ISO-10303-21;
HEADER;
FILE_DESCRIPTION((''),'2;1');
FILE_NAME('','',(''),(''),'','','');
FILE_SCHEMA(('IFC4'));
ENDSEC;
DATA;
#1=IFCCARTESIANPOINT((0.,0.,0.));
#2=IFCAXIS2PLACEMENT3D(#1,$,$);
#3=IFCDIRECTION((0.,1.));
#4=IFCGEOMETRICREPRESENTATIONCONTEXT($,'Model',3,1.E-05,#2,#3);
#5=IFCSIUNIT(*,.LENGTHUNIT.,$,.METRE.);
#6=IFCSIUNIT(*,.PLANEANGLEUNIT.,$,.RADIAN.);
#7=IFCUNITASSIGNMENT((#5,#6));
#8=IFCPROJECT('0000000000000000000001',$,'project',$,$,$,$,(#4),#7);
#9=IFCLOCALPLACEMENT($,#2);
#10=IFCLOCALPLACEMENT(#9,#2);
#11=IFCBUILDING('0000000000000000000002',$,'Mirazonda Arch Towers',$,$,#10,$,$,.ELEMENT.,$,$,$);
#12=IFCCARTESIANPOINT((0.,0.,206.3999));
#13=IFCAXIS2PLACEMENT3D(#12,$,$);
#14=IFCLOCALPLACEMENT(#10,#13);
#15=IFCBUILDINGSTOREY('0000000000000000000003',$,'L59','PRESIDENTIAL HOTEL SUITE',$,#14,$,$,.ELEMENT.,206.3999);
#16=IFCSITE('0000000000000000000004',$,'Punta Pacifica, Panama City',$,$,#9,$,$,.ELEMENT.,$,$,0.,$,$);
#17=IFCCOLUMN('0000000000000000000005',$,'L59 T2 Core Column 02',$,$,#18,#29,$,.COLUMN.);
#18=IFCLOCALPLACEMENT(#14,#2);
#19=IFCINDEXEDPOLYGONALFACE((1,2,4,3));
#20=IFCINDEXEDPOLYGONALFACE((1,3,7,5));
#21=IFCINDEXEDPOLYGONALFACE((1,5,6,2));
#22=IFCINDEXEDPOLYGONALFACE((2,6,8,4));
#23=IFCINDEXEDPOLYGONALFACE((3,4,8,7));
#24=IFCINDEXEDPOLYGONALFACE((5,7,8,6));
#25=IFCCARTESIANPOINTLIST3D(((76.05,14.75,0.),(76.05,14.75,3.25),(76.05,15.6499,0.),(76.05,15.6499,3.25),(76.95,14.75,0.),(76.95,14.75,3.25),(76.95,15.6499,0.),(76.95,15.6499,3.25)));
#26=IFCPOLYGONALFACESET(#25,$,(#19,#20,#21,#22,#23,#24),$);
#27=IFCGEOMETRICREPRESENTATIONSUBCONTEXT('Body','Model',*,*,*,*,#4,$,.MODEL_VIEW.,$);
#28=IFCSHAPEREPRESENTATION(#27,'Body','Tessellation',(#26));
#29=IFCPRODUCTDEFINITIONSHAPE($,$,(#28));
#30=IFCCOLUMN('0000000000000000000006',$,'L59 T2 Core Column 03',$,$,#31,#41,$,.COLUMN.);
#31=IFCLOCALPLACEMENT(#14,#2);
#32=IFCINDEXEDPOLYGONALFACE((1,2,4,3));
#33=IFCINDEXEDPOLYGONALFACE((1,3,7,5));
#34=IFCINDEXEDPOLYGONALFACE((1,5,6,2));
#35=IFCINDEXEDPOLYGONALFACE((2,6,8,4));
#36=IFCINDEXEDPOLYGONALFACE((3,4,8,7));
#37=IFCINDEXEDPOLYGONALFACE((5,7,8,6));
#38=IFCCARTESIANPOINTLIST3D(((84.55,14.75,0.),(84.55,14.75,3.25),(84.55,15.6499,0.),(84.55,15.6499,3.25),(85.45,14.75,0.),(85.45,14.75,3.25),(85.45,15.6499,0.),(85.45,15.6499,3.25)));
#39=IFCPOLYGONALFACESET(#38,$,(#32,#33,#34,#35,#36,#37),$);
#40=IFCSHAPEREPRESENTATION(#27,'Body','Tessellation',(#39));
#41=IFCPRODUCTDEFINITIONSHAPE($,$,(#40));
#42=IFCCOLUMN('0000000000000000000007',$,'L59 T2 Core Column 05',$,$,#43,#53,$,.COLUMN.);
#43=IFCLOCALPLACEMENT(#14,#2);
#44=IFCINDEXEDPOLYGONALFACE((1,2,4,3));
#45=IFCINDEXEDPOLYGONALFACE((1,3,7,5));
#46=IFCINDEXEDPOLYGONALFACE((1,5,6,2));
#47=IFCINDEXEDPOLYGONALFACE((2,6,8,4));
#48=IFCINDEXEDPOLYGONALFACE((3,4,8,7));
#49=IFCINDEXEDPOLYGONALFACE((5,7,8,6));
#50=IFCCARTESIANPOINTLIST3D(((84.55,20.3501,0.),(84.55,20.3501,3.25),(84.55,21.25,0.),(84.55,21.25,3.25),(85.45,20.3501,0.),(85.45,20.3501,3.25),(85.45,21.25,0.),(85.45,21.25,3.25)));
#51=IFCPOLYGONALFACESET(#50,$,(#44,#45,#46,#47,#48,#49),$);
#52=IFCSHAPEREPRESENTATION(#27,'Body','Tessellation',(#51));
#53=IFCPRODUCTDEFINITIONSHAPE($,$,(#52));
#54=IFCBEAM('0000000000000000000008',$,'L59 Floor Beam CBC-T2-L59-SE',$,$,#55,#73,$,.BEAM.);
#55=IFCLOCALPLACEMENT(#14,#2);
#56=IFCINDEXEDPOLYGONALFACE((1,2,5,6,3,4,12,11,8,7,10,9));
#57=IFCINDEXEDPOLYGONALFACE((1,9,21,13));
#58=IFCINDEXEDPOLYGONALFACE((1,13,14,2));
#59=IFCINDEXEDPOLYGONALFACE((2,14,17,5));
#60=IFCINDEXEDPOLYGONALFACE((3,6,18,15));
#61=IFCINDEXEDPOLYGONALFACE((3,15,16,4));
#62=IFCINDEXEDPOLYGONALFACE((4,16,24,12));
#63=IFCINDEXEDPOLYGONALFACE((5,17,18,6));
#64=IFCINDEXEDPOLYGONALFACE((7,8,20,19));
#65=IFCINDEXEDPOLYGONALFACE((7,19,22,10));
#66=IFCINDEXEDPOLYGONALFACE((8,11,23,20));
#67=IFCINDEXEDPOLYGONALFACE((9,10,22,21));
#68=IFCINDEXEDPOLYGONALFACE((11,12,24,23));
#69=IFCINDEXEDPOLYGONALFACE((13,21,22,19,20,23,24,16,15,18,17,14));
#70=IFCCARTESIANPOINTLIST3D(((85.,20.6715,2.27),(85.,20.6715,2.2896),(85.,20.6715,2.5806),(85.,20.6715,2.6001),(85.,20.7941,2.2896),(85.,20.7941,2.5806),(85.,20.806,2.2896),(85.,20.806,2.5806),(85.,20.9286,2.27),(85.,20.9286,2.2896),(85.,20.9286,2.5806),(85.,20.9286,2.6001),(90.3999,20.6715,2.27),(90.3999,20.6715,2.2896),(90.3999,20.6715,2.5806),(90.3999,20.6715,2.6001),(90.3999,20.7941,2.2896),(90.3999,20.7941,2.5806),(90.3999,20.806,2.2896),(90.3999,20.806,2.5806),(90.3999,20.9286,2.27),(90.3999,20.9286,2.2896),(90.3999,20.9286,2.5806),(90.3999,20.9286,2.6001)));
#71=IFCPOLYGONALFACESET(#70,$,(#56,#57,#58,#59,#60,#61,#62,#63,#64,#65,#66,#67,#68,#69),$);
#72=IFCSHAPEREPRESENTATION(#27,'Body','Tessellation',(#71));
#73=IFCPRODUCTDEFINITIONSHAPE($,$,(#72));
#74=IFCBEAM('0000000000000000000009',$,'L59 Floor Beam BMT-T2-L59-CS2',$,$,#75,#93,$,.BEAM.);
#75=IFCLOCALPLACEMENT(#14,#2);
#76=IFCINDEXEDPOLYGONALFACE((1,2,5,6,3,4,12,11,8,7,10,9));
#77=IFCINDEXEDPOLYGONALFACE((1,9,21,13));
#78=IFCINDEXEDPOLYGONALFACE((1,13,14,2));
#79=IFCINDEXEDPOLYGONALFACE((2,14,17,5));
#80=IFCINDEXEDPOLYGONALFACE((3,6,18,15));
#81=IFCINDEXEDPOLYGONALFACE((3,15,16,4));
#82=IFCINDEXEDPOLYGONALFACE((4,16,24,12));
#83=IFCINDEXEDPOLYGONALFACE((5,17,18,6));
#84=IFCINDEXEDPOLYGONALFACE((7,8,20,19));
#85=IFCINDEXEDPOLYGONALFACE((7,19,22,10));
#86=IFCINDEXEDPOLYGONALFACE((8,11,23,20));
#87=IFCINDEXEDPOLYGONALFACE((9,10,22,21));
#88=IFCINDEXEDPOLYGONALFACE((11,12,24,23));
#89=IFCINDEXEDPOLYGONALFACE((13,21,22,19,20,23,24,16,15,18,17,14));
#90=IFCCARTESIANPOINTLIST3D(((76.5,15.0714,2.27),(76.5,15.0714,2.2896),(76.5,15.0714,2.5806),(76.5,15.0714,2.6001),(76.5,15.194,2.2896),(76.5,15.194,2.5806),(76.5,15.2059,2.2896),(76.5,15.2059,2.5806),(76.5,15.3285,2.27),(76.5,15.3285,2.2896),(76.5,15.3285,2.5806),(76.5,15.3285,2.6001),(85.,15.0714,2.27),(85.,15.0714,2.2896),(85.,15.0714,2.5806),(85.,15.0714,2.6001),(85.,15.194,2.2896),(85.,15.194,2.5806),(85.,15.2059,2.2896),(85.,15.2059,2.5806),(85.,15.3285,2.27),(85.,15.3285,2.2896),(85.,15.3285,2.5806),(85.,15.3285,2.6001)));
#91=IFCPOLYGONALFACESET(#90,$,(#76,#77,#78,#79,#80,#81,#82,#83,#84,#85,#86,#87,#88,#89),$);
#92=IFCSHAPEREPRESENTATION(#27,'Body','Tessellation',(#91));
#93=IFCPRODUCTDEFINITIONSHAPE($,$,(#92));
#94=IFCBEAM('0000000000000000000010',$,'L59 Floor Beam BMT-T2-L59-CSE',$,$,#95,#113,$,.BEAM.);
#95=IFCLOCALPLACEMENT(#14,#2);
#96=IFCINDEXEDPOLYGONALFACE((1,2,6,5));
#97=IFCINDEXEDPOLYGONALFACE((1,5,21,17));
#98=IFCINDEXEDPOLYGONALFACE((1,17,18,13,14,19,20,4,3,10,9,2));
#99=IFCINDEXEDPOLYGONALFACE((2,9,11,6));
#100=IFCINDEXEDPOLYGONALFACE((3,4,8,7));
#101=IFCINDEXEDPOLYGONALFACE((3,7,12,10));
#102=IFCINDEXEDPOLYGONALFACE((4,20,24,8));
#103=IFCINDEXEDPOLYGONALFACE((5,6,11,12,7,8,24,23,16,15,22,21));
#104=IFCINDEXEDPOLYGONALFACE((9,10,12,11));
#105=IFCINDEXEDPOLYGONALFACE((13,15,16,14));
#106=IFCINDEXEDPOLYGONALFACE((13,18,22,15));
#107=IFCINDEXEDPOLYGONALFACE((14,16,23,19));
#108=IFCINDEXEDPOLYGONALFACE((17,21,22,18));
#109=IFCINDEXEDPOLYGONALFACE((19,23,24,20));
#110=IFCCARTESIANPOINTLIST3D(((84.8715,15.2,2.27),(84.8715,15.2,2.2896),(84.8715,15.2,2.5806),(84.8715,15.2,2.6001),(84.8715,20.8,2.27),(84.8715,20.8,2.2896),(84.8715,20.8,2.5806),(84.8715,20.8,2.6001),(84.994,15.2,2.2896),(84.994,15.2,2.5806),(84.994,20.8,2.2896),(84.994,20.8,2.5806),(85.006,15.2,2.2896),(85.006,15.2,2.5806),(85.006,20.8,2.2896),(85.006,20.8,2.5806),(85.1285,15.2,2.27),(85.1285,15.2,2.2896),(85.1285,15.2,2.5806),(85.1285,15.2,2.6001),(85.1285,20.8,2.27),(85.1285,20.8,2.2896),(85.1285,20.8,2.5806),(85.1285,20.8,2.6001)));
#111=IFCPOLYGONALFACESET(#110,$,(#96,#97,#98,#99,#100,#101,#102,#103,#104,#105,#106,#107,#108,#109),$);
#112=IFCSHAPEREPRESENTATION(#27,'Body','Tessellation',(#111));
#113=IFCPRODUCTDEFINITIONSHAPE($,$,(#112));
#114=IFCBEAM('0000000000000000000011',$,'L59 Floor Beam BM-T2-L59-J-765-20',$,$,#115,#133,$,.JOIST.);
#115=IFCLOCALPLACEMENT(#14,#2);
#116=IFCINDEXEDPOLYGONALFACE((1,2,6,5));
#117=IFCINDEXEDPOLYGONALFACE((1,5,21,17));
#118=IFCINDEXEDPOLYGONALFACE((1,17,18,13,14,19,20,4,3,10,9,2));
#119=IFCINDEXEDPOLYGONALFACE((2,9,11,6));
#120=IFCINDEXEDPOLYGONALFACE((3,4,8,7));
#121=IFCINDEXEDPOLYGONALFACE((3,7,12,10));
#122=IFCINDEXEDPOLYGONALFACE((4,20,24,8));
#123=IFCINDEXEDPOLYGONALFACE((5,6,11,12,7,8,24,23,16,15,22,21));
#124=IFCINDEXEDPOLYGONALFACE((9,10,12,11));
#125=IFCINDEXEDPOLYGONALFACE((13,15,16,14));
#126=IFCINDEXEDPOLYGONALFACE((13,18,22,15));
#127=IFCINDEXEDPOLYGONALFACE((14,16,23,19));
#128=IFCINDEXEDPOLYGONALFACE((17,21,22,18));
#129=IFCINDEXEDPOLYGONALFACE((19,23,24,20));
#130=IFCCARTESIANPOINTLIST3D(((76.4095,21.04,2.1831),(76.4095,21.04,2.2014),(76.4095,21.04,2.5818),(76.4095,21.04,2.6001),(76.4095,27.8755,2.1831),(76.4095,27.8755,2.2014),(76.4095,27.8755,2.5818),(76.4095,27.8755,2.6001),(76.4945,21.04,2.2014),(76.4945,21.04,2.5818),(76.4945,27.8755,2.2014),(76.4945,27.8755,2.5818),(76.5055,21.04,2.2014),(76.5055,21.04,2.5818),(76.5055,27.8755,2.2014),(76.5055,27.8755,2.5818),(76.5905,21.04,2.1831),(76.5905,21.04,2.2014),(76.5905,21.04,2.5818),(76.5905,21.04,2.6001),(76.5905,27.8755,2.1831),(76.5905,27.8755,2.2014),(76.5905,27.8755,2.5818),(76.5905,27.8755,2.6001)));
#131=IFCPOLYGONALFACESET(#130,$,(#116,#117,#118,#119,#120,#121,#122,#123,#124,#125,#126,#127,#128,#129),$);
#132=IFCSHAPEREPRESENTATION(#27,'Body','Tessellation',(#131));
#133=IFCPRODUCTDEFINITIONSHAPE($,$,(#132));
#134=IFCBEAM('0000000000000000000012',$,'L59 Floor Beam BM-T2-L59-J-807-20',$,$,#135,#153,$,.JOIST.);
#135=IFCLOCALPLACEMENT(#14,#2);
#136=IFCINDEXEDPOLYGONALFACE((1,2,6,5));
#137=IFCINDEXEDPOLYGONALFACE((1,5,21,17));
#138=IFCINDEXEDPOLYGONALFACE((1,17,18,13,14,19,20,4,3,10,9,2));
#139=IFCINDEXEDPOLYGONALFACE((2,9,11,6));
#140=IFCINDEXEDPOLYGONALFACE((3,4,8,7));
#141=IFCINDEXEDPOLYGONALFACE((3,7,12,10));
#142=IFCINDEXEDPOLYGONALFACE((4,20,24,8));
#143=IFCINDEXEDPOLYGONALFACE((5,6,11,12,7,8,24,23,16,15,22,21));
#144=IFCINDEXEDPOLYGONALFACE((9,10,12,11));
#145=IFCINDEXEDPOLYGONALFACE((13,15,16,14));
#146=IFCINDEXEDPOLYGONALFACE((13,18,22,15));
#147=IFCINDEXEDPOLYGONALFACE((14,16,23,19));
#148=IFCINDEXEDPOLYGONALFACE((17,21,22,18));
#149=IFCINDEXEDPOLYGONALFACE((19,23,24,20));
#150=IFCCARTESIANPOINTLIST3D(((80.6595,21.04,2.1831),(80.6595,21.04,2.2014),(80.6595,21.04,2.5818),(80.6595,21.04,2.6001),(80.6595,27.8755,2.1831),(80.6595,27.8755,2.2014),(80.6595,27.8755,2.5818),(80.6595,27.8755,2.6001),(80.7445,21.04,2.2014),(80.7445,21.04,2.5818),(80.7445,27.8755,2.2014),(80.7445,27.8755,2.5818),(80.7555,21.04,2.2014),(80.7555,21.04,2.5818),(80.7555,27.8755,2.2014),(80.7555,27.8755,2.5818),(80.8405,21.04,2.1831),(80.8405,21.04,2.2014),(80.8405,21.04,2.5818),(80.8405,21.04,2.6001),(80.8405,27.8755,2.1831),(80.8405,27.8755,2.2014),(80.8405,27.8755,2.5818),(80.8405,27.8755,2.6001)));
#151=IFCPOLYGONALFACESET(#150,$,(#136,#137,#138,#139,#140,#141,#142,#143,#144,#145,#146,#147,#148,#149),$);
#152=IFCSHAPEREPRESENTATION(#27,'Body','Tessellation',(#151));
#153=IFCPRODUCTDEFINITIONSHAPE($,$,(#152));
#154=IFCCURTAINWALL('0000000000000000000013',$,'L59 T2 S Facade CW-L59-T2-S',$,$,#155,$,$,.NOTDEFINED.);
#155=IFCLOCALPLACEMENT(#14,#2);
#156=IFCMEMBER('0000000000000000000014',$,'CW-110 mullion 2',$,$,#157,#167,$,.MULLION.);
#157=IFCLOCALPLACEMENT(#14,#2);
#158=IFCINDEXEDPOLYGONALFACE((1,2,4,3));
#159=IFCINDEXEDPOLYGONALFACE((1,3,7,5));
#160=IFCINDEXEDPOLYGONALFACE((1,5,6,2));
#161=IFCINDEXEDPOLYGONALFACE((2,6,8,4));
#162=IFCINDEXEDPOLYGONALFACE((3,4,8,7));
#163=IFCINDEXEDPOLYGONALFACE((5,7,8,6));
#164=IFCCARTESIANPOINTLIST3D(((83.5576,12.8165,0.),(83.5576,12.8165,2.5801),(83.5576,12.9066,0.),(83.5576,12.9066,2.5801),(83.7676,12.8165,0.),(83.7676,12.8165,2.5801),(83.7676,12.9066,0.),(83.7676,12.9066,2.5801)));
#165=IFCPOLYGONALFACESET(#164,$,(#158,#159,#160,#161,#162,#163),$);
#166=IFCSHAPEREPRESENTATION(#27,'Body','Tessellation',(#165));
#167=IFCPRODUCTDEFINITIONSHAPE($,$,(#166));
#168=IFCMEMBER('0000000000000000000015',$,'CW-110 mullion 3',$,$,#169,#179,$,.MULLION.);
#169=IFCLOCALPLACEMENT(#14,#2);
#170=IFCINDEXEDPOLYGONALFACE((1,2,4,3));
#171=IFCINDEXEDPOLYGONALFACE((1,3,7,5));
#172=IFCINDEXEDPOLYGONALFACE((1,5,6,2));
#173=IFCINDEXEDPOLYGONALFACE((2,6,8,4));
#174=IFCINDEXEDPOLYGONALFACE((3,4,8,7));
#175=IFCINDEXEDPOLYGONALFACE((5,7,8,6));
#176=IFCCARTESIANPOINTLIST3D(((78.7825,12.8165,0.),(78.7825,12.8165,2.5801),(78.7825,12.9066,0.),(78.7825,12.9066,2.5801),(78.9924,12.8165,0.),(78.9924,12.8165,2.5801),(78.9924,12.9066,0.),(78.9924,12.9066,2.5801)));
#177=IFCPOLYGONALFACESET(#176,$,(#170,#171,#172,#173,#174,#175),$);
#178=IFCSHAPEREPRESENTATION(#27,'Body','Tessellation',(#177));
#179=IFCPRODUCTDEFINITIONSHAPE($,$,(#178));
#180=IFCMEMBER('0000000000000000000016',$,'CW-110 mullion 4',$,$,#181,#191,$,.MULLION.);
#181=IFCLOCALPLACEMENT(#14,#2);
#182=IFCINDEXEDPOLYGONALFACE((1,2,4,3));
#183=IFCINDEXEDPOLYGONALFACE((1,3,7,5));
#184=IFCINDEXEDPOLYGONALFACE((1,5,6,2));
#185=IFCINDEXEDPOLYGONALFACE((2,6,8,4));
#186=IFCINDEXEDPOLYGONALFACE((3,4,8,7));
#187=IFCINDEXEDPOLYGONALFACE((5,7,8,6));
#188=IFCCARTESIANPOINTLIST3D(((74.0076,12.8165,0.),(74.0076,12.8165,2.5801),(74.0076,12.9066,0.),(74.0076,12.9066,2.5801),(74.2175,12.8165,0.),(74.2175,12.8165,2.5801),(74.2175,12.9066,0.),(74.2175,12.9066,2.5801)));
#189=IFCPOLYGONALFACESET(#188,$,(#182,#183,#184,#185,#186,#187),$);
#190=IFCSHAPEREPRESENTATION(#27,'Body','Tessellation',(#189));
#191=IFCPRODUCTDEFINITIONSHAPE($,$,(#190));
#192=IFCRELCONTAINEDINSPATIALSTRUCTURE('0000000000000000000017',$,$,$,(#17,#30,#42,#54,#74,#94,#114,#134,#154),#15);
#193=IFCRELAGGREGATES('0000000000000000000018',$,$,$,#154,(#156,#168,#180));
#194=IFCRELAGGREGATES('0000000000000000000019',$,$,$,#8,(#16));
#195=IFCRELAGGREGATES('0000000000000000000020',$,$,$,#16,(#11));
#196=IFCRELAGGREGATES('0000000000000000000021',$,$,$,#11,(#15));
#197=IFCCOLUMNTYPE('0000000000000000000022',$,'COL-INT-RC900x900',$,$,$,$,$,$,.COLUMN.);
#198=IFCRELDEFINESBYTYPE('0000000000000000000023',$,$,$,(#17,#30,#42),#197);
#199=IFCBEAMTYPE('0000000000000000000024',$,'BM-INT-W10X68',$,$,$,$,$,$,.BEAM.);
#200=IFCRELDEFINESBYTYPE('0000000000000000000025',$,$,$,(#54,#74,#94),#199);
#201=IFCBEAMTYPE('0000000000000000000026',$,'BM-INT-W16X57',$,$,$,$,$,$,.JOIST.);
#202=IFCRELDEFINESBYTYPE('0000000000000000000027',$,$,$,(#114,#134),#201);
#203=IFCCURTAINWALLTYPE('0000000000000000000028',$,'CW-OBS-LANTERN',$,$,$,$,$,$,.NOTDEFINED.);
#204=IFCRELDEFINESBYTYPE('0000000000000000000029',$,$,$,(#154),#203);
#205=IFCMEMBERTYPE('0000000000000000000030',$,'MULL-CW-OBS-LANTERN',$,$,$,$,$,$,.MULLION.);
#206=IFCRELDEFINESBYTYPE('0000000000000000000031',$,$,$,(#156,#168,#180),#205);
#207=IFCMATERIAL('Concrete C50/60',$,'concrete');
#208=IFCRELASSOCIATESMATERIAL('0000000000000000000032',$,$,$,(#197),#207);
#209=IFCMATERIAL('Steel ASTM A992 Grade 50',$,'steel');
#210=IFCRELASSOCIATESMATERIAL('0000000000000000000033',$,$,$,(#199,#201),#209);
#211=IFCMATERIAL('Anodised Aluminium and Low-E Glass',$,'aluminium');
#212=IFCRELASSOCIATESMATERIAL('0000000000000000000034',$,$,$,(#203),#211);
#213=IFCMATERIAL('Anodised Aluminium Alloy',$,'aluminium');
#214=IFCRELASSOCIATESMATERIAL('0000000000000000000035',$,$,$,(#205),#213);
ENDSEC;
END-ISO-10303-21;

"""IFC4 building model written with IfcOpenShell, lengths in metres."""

from ifc_helpers import new_model, si_unit, direction, frame, origin, origin_2d, place, context, subcontext, project, spatial, rectangle, i_section, extrude, material, material_profile, profile_set, type_object, element, aggregate, save


model = new_model("IFC4")

# Units and contexts
model_context = context("Model", 3, precision=1e-05, world=origin(), true_north=direction((0.0, 1.0)))
body_context = subcontext(model_context, "Body", "Model", "MODEL_VIEW")
ifc_project = project(units=[si_unit("LENGTHUNIT", "METRE"), si_unit("PLANEANGLEUNIT", "RADIAN")], contexts=[model_context])

# Site, building, storey
site_placement = place(None, origin())
site = spatial("IfcSite", under=ifc_project, at=site_placement, Name="Punta Pacifica, Panama City", CompositionType="ELEMENT", RefElevation=0.0)
building_placement = place(site_placement, origin())
building = spatial("IfcBuilding", under=site, at=building_placement, Name="Mirazonda Arch Towers", CompositionType="ELEMENT")
storey_placement = place(building_placement, frame((0.0, 0.0, 206.3999)))
storey = spatial("IfcBuildingStorey", under=building, at=storey_placement, Name="L59", Description="PRESIDENTIAL HOTEL SUITE", CompositionType="ELEMENT", Elevation=206.3999)

# Columns
ifc_material_1 = material(Name="Concrete C50/60", Category="concrete")
ifc_material_profile_1 = material_profile(ifc_material_1, rectangle(XDim=0.8999, YDim=0.8999, at=origin_2d()), Name="RC900x900")
ifc_profile_set_1 = profile_set([ifc_material_profile_1], Name="Concrete C50/60")
column_type = type_object("IfcColumnType", Name="COL-INT-RC900x900", PredefinedType="COLUMN", material=ifc_profile_set_1)
for number, where, z_axis, x_axis, name in (
    (1, (76.5, 15.2, 0.0), (0.0, 0.0, 1.0), (1.0, 0.0, 0.0), "L59 T2 Core Column 02"),
    (2, (85.0, 15.2, 0.0), (0.0, 0.0, 1.0), (1.0, 0.0, 0.0), "L59 T2 Core Column 03"),
    (3, (85.0, 20.8, 0.0), (0.0, 0.0, 1.0), (1.0, 0.0, 0.0), "L59 T2 Core Column 05"),
):
    element("IfcColumn", number, at=place(storey_placement, frame(where, z_axis=z_axis, x_axis=x_axis)), inside=storey, type_object=column_type, Name=name, PredefinedType="COLUMN", context=body_context, shape_type="SweptSolid", body=[
        extrude(rectangle(XDim=0.8999, YDim=0.8999, at=origin_2d()), origin(), (0.0, 0.0, 1.0), 3.25),
    ])

# Beams
ifc_material_2 = material(Name="Steel ASTM A992 Grade 50", Category="steel")
ifc_material_profile_2 = material_profile(ifc_material_2, i_section(OverallWidth=0.2571, OverallDepth=0.3301, WebThickness=0.012, FlangeThickness=0.0195, at=origin_2d()), Name="W10X68")
ifc_profile_set_2 = profile_set([ifc_material_profile_2], Name="Steel ASTM A992 Grade 50")
beam_type_1 = type_object("IfcBeamType", Name="BM-INT-W10X68", PredefinedType="BEAM", material=ifc_profile_set_2)
beam_1_placement = place(storey_placement, frame((85.0, 20.8, 2.4351), z_axis=(1.0, 0.0, 0.0), x_axis=(0.0, 1.0, 0.0)))
element("IfcBeam", 4, at=beam_1_placement, inside=storey, type_object=beam_type_1, Name="L59 Floor Beam CBC-T2-L59-SE", PredefinedType="BEAM", context=body_context, shape_type="SweptSolid", body=[
    extrude(i_section(OverallWidth=0.2571, OverallDepth=0.3301, WebThickness=0.012, FlangeThickness=0.0195, at=origin_2d()), origin(), (0.0, 0.0, 1.0), 5.3999),
])
beam_2_placement = place(storey_placement, frame((76.5, 15.2, 2.4351), z_axis=(1.0, 0.0, 0.0), x_axis=(0.0, 1.0, 0.0)))
element("IfcBeam", 5, at=beam_2_placement, inside=storey, type_object=beam_type_1, Name="L59 Floor Beam BMT-T2-L59-CS2", PredefinedType="BEAM", context=body_context, shape_type="SweptSolid", body=[
    extrude(i_section(OverallWidth=0.2571, OverallDepth=0.3301, WebThickness=0.012, FlangeThickness=0.0195, at=origin_2d()), origin(), (0.0, 0.0, 1.0), 8.5),
])
beam_3_placement = place(storey_placement, frame((85.0, 15.2, 2.4351), z_axis=(0.0, 1.0, 0.0), x_axis=(-1.0, 0.0, 0.0)))
element("IfcBeam", 6, at=beam_3_placement, inside=storey, type_object=beam_type_1, Name="L59 Floor Beam BMT-T2-L59-CSE", PredefinedType="BEAM", context=body_context, shape_type="SweptSolid", body=[
    extrude(i_section(OverallWidth=0.2571, OverallDepth=0.3301, WebThickness=0.012, FlangeThickness=0.0195, at=origin_2d()), origin(), (0.0, 0.0, 1.0), 5.6001),
])
ifc_material_profile_3 = material_profile(ifc_material_2, i_section(OverallWidth=0.1809, OverallDepth=0.417, WebThickness=0.011, FlangeThickness=0.0183, at=origin_2d()), Name="W16X57")
ifc_profile_set_3 = profile_set([ifc_material_profile_3], Name="Steel ASTM A992 Grade 50")
beam_type_2 = type_object("IfcBeamType", Name="BM-INT-W16X57", PredefinedType="JOIST", material=ifc_profile_set_3)
for number, where, z_axis, x_axis, name in (
    (7, (76.5, 21.04, 2.3916), (0.0, 1.0, 0.0), (-1.0, 0.0, 0.0), "L59 Floor Beam BM-T2-L59-J-765-20"),
    (8, (80.75, 21.04, 2.3916), (0.0, 1.0, 0.0), (-1.0, 0.0, 0.0), "L59 Floor Beam BM-T2-L59-J-807-20"),
):
    element("IfcBeam", number, at=place(storey_placement, frame(where, z_axis=z_axis, x_axis=x_axis)), inside=storey, type_object=beam_type_2, Name=name, PredefinedType="JOIST", context=body_context, shape_type="SweptSolid", body=[
        extrude(i_section(OverallWidth=0.1809, OverallDepth=0.417, WebThickness=0.011, FlangeThickness=0.0183, at=origin_2d()), origin(), (0.0, 0.0, 1.0), 6.8354),
    ])

# Curtain wall, members
ifc_material_3 = material(Name="Anodised Aluminium and Low-E Glass", Category="aluminium")
curtain_wall_type = type_object("IfcCurtainWallType", Name="CW-OBS-LANTERN", PredefinedType="NOTDEFINED", material=ifc_material_3)
curtain_wall_placement = place(storey_placement, origin())
curtain_wall = element("IfcCurtainWall", 9, at=curtain_wall_placement, inside=storey, type_object=curtain_wall_type, Name="L59 T2 S Facade CW-L59-T2-S", PredefinedType="NOTDEFINED")
ifc_material_4 = material(Name="Anodised Aluminium Alloy", Category="aluminium")
ifc_material_profile_4 = material_profile(ifc_material_4, rectangle(XDim=0.0901, YDim=0.21, at=origin_2d()), Name="ALU-MULL-90x210")
ifc_profile_set_4 = profile_set([ifc_material_profile_4], Name="Anodised Aluminium Alloy")
member_type_1 = type_object("IfcMemberType", Name="MULL-CW-OBS-LANTERN", PredefinedType="MULLION", material=ifc_profile_set_4)
member_1_placement = place(storey_placement, frame((83.6626, 12.8616, 0.0), z_axis=(0.0, 0.0, 1.0), x_axis=(0.0, -1.0, 0.0)))
member_1 = element("IfcMember", 10, at=member_1_placement, type_object=member_type_1, Name="CW-110 mullion 2", PredefinedType="MULLION", context=body_context, shape_type="SweptSolid", body=[
    extrude(rectangle(XDim=0.0901, YDim=0.21, at=origin_2d()), origin(), (0.0, 0.0, 1.0), 2.5801),
])
member_2_placement = place(storey_placement, frame((78.8875, 12.8616, 0.0), z_axis=(0.0, 0.0, 1.0), x_axis=(0.0, -1.0, 0.0)))
member_2 = element("IfcMember", 11, at=member_2_placement, type_object=member_type_1, Name="CW-110 mullion 3", PredefinedType="MULLION", context=body_context, shape_type="SweptSolid", body=[
    extrude(rectangle(XDim=0.0901, YDim=0.21, at=origin_2d()), origin(), (0.0, 0.0, 1.0), 2.5801),
])
member_3_placement = place(storey_placement, frame((74.1125, 12.8616, 0.0), z_axis=(0.0, 0.0, 1.0), x_axis=(0.0, -1.0, 0.0)))
member_3 = element("IfcMember", 12, at=member_3_placement, type_object=member_type_1, Name="CW-110 mullion 4", PredefinedType="MULLION", context=body_context, shape_type="SweptSolid", body=[
    extrude(rectangle(XDim=0.0901, YDim=0.21, at=origin_2d()), origin(), (0.0, 0.0, 1.0), 2.5801),
])
aggregate(curtain_wall, [member_1, member_2, member_3])

save(model, "model.ifc")
